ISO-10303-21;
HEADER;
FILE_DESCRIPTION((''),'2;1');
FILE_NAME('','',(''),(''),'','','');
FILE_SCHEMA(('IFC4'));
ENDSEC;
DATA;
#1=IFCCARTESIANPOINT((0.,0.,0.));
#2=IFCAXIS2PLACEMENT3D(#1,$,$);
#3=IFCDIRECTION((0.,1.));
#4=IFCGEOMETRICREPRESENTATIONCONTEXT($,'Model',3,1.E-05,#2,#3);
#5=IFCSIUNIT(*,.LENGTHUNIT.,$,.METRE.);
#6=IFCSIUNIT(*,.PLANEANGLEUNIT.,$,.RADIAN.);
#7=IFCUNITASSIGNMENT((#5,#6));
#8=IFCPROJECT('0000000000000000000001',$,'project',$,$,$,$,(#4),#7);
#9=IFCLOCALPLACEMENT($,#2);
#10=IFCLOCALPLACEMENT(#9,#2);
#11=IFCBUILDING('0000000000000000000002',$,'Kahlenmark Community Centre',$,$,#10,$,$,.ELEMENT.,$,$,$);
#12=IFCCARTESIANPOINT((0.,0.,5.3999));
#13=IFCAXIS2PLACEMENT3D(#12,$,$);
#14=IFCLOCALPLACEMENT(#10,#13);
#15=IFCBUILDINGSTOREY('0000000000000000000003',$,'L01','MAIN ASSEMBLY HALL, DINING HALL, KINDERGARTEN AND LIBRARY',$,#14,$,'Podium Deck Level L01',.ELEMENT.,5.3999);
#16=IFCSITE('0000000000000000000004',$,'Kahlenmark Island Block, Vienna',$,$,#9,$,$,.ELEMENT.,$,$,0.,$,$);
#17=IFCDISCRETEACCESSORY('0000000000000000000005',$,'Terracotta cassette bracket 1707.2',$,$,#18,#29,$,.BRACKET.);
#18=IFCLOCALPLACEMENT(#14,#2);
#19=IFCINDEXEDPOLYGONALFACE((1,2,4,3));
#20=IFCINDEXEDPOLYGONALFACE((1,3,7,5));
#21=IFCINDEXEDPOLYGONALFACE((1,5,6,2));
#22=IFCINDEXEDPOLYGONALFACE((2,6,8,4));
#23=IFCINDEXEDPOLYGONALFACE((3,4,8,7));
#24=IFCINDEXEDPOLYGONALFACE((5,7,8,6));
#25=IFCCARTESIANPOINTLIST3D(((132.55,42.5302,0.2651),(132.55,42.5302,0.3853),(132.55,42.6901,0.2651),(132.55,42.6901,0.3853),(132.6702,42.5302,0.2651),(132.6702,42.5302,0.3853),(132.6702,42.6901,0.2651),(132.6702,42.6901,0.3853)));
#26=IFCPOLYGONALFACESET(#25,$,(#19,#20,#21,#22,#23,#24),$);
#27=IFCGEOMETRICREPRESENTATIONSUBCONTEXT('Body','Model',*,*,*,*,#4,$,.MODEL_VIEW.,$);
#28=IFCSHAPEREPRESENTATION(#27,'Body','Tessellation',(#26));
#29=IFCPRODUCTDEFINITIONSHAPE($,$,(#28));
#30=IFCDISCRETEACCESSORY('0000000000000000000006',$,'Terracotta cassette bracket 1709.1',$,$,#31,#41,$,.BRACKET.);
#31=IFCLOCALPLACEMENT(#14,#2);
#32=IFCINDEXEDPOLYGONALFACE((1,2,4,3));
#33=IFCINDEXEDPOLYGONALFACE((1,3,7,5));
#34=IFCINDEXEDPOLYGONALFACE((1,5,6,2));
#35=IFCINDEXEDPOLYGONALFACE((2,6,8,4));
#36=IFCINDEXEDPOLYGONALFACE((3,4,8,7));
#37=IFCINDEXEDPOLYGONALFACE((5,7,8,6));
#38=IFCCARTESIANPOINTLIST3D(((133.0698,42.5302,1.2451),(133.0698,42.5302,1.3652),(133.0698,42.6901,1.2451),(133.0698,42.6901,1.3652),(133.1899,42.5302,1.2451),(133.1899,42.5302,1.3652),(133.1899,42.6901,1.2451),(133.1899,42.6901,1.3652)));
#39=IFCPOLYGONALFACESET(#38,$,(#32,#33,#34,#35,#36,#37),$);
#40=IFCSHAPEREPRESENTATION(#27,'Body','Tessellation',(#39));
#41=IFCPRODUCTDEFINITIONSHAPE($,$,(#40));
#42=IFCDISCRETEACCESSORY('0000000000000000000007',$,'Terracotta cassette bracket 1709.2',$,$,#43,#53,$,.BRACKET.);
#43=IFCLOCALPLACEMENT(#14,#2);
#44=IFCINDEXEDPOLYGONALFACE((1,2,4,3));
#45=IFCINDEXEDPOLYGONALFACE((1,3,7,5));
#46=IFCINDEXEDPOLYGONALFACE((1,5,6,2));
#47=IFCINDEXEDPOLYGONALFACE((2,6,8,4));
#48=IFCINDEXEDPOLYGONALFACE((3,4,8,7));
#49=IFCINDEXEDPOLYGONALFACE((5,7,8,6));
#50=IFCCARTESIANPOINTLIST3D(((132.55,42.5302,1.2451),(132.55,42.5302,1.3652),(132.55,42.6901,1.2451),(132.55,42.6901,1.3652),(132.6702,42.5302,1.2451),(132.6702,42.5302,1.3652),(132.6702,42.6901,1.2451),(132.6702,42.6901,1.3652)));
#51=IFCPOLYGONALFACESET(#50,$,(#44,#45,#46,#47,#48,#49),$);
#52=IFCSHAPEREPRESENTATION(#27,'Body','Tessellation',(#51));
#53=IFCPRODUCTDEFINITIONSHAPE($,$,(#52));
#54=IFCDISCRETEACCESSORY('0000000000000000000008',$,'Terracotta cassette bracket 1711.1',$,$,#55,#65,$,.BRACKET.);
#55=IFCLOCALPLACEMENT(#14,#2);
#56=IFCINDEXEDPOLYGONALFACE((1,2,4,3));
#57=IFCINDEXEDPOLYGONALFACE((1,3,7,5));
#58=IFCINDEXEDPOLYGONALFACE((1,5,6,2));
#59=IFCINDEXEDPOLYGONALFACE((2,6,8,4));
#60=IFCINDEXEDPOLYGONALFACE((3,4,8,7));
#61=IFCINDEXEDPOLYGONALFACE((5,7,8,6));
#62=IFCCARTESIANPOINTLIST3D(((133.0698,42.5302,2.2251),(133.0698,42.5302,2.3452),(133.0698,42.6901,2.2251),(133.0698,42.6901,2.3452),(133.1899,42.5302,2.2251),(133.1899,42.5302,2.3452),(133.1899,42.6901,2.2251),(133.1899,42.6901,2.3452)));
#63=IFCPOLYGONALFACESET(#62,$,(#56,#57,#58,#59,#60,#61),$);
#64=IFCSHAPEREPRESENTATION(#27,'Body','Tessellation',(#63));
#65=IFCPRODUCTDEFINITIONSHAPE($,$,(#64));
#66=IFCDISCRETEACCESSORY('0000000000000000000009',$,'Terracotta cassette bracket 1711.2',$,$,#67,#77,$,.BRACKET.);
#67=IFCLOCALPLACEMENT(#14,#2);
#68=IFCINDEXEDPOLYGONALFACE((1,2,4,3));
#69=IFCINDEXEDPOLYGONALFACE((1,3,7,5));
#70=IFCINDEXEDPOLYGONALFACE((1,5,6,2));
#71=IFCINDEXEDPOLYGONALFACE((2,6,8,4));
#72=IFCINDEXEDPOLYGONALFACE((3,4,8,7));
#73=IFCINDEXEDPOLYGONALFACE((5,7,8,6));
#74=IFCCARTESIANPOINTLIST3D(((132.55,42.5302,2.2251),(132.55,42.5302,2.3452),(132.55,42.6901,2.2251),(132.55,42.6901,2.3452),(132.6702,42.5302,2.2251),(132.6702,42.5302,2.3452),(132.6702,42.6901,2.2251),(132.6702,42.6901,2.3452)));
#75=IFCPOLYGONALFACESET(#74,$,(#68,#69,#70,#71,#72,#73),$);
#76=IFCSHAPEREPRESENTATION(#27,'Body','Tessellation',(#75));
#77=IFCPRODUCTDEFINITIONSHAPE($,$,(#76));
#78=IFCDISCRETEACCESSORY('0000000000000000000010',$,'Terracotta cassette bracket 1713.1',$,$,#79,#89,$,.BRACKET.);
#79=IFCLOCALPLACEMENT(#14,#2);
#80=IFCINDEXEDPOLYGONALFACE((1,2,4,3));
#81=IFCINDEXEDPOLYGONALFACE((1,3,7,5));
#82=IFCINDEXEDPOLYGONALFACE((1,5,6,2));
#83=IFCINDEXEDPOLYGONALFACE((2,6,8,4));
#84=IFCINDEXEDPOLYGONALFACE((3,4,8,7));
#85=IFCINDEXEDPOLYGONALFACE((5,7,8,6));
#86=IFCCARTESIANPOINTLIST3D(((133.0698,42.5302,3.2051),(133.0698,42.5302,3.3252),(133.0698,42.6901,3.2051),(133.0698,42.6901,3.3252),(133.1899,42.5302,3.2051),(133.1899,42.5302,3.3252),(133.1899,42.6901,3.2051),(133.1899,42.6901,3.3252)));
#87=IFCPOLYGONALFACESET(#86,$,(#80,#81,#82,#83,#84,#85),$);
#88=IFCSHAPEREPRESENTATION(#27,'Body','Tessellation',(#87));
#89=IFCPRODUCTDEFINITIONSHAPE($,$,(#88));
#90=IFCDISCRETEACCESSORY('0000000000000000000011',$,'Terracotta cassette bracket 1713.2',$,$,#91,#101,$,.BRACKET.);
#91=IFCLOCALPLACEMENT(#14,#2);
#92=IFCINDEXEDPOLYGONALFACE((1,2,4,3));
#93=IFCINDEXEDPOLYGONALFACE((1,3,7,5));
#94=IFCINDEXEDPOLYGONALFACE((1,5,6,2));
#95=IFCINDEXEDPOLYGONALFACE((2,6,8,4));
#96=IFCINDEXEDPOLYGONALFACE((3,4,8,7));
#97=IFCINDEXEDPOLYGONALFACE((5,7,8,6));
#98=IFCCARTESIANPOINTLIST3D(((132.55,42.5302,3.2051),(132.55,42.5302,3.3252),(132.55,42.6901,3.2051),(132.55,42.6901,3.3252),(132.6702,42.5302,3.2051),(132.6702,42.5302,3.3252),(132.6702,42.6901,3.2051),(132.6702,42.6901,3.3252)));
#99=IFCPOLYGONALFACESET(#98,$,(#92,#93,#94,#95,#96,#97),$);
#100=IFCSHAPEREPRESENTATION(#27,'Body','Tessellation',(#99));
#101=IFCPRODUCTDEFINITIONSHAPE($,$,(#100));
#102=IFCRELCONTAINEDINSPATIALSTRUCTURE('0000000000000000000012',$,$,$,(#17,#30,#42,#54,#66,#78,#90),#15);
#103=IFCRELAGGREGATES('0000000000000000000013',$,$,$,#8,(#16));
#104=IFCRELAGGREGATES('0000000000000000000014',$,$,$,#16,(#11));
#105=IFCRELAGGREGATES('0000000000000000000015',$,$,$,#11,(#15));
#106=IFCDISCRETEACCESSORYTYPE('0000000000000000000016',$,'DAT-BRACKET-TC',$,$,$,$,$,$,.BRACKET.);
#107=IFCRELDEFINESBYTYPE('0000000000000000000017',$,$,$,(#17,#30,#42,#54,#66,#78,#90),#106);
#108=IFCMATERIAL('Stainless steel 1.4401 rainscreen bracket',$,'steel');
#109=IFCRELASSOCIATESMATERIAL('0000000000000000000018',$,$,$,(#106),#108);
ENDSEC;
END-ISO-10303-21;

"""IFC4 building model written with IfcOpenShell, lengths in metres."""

from ifc_helpers import new_model, si_unit, direction, frame, origin, origin_2d, place, context, subcontext, project, spatial, rectangle, extrude, material, type_object, element, save


model = new_model("IFC4")

# Units and contexts
model_context = context("Model", 3, precision=1e-05, world=origin(), true_north=direction((0.0, 1.0)))
body_context = subcontext(model_context, "Body", "Model", "MODEL_VIEW")
ifc_project = project(units=[si_unit("LENGTHUNIT", "METRE"), si_unit("PLANEANGLEUNIT", "RADIAN")], contexts=[model_context])

# Site, building, storey
site_placement = place(None, origin())
site = spatial("IfcSite", under=ifc_project, at=site_placement, Name="Kahlenmark Island Block, Vienna", CompositionType="ELEMENT", RefElevation=0.0)
building_placement = place(site_placement, origin())
building = spatial("IfcBuilding", under=site, at=building_placement, Name="Kahlenmark Community Centre", CompositionType="ELEMENT")
storey_placement = place(building_placement, frame((0.0, 0.0, 5.3999)))
storey = spatial("IfcBuildingStorey", under=building, at=storey_placement, Name="L01", Description="MAIN ASSEMBLY HALL, DINING HALL, KINDERGARTEN AND LIBRARY", LongName="Podium Deck Level L01", CompositionType="ELEMENT", Elevation=5.3999)

# Discrete accessories
ifc_material_1 = material(Name="Stainless steel 1.4401 rainscreen bracket", Category="steel")
discrete_accessory_type = type_object("IfcDiscreteAccessoryType", Name="DAT-BRACKET-TC", PredefinedType="BRACKET", material=ifc_material_1)
for number, where, z_axis, x_axis, name in (
    (1, (132.6101, 42.6101, 0.2651), (0.0, 0.0, 1.0), (-1.0, 0.0, 0.0), "Terracotta cassette bracket 1707.2"),
    (2, (133.1299, 42.6101, 1.2451), (0.0, 0.0, 1.0), (-1.0, 0.0, 0.0), "Terracotta cassette bracket 1709.1"),
    (3, (132.6101, 42.6101, 1.2451), (0.0, 0.0, 1.0), (-1.0, 0.0, 0.0), "Terracotta cassette bracket 1709.2"),
    (4, (133.1299, 42.6101, 2.2251), (0.0, 0.0, 1.0), (-1.0, 0.0, 0.0), "Terracotta cassette bracket 1711.1"),
    (5, (132.6101, 42.6101, 2.2251), (0.0, 0.0, 1.0), (-1.0, 0.0, 0.0), "Terracotta cassette bracket 1711.2"),
    (6, (133.1299, 42.6101, 3.2051), (0.0, 0.0, 1.0), (-1.0, 0.0, 0.0), "Terracotta cassette bracket 1713.1"),
    (7, (132.6101, 42.6101, 3.2051), (0.0, 0.0, 1.0), (-1.0, 0.0, 0.0), "Terracotta cassette bracket 1713.2"),
):
    element("IfcDiscreteAccessory", number, at=place(storey_placement, frame(where, z_axis=z_axis, x_axis=x_axis)), inside=storey, type_object=discrete_accessory_type, Name=name, PredefinedType="BRACKET", context=body_context, shape_type="SweptSolid", body=[
        extrude(rectangle(XDim=0.1201, YDim=0.1599, at=origin_2d()), origin(), (0.0, 0.0, 1.0), 0.1201),
    ])

save(model, "model.ifc")
